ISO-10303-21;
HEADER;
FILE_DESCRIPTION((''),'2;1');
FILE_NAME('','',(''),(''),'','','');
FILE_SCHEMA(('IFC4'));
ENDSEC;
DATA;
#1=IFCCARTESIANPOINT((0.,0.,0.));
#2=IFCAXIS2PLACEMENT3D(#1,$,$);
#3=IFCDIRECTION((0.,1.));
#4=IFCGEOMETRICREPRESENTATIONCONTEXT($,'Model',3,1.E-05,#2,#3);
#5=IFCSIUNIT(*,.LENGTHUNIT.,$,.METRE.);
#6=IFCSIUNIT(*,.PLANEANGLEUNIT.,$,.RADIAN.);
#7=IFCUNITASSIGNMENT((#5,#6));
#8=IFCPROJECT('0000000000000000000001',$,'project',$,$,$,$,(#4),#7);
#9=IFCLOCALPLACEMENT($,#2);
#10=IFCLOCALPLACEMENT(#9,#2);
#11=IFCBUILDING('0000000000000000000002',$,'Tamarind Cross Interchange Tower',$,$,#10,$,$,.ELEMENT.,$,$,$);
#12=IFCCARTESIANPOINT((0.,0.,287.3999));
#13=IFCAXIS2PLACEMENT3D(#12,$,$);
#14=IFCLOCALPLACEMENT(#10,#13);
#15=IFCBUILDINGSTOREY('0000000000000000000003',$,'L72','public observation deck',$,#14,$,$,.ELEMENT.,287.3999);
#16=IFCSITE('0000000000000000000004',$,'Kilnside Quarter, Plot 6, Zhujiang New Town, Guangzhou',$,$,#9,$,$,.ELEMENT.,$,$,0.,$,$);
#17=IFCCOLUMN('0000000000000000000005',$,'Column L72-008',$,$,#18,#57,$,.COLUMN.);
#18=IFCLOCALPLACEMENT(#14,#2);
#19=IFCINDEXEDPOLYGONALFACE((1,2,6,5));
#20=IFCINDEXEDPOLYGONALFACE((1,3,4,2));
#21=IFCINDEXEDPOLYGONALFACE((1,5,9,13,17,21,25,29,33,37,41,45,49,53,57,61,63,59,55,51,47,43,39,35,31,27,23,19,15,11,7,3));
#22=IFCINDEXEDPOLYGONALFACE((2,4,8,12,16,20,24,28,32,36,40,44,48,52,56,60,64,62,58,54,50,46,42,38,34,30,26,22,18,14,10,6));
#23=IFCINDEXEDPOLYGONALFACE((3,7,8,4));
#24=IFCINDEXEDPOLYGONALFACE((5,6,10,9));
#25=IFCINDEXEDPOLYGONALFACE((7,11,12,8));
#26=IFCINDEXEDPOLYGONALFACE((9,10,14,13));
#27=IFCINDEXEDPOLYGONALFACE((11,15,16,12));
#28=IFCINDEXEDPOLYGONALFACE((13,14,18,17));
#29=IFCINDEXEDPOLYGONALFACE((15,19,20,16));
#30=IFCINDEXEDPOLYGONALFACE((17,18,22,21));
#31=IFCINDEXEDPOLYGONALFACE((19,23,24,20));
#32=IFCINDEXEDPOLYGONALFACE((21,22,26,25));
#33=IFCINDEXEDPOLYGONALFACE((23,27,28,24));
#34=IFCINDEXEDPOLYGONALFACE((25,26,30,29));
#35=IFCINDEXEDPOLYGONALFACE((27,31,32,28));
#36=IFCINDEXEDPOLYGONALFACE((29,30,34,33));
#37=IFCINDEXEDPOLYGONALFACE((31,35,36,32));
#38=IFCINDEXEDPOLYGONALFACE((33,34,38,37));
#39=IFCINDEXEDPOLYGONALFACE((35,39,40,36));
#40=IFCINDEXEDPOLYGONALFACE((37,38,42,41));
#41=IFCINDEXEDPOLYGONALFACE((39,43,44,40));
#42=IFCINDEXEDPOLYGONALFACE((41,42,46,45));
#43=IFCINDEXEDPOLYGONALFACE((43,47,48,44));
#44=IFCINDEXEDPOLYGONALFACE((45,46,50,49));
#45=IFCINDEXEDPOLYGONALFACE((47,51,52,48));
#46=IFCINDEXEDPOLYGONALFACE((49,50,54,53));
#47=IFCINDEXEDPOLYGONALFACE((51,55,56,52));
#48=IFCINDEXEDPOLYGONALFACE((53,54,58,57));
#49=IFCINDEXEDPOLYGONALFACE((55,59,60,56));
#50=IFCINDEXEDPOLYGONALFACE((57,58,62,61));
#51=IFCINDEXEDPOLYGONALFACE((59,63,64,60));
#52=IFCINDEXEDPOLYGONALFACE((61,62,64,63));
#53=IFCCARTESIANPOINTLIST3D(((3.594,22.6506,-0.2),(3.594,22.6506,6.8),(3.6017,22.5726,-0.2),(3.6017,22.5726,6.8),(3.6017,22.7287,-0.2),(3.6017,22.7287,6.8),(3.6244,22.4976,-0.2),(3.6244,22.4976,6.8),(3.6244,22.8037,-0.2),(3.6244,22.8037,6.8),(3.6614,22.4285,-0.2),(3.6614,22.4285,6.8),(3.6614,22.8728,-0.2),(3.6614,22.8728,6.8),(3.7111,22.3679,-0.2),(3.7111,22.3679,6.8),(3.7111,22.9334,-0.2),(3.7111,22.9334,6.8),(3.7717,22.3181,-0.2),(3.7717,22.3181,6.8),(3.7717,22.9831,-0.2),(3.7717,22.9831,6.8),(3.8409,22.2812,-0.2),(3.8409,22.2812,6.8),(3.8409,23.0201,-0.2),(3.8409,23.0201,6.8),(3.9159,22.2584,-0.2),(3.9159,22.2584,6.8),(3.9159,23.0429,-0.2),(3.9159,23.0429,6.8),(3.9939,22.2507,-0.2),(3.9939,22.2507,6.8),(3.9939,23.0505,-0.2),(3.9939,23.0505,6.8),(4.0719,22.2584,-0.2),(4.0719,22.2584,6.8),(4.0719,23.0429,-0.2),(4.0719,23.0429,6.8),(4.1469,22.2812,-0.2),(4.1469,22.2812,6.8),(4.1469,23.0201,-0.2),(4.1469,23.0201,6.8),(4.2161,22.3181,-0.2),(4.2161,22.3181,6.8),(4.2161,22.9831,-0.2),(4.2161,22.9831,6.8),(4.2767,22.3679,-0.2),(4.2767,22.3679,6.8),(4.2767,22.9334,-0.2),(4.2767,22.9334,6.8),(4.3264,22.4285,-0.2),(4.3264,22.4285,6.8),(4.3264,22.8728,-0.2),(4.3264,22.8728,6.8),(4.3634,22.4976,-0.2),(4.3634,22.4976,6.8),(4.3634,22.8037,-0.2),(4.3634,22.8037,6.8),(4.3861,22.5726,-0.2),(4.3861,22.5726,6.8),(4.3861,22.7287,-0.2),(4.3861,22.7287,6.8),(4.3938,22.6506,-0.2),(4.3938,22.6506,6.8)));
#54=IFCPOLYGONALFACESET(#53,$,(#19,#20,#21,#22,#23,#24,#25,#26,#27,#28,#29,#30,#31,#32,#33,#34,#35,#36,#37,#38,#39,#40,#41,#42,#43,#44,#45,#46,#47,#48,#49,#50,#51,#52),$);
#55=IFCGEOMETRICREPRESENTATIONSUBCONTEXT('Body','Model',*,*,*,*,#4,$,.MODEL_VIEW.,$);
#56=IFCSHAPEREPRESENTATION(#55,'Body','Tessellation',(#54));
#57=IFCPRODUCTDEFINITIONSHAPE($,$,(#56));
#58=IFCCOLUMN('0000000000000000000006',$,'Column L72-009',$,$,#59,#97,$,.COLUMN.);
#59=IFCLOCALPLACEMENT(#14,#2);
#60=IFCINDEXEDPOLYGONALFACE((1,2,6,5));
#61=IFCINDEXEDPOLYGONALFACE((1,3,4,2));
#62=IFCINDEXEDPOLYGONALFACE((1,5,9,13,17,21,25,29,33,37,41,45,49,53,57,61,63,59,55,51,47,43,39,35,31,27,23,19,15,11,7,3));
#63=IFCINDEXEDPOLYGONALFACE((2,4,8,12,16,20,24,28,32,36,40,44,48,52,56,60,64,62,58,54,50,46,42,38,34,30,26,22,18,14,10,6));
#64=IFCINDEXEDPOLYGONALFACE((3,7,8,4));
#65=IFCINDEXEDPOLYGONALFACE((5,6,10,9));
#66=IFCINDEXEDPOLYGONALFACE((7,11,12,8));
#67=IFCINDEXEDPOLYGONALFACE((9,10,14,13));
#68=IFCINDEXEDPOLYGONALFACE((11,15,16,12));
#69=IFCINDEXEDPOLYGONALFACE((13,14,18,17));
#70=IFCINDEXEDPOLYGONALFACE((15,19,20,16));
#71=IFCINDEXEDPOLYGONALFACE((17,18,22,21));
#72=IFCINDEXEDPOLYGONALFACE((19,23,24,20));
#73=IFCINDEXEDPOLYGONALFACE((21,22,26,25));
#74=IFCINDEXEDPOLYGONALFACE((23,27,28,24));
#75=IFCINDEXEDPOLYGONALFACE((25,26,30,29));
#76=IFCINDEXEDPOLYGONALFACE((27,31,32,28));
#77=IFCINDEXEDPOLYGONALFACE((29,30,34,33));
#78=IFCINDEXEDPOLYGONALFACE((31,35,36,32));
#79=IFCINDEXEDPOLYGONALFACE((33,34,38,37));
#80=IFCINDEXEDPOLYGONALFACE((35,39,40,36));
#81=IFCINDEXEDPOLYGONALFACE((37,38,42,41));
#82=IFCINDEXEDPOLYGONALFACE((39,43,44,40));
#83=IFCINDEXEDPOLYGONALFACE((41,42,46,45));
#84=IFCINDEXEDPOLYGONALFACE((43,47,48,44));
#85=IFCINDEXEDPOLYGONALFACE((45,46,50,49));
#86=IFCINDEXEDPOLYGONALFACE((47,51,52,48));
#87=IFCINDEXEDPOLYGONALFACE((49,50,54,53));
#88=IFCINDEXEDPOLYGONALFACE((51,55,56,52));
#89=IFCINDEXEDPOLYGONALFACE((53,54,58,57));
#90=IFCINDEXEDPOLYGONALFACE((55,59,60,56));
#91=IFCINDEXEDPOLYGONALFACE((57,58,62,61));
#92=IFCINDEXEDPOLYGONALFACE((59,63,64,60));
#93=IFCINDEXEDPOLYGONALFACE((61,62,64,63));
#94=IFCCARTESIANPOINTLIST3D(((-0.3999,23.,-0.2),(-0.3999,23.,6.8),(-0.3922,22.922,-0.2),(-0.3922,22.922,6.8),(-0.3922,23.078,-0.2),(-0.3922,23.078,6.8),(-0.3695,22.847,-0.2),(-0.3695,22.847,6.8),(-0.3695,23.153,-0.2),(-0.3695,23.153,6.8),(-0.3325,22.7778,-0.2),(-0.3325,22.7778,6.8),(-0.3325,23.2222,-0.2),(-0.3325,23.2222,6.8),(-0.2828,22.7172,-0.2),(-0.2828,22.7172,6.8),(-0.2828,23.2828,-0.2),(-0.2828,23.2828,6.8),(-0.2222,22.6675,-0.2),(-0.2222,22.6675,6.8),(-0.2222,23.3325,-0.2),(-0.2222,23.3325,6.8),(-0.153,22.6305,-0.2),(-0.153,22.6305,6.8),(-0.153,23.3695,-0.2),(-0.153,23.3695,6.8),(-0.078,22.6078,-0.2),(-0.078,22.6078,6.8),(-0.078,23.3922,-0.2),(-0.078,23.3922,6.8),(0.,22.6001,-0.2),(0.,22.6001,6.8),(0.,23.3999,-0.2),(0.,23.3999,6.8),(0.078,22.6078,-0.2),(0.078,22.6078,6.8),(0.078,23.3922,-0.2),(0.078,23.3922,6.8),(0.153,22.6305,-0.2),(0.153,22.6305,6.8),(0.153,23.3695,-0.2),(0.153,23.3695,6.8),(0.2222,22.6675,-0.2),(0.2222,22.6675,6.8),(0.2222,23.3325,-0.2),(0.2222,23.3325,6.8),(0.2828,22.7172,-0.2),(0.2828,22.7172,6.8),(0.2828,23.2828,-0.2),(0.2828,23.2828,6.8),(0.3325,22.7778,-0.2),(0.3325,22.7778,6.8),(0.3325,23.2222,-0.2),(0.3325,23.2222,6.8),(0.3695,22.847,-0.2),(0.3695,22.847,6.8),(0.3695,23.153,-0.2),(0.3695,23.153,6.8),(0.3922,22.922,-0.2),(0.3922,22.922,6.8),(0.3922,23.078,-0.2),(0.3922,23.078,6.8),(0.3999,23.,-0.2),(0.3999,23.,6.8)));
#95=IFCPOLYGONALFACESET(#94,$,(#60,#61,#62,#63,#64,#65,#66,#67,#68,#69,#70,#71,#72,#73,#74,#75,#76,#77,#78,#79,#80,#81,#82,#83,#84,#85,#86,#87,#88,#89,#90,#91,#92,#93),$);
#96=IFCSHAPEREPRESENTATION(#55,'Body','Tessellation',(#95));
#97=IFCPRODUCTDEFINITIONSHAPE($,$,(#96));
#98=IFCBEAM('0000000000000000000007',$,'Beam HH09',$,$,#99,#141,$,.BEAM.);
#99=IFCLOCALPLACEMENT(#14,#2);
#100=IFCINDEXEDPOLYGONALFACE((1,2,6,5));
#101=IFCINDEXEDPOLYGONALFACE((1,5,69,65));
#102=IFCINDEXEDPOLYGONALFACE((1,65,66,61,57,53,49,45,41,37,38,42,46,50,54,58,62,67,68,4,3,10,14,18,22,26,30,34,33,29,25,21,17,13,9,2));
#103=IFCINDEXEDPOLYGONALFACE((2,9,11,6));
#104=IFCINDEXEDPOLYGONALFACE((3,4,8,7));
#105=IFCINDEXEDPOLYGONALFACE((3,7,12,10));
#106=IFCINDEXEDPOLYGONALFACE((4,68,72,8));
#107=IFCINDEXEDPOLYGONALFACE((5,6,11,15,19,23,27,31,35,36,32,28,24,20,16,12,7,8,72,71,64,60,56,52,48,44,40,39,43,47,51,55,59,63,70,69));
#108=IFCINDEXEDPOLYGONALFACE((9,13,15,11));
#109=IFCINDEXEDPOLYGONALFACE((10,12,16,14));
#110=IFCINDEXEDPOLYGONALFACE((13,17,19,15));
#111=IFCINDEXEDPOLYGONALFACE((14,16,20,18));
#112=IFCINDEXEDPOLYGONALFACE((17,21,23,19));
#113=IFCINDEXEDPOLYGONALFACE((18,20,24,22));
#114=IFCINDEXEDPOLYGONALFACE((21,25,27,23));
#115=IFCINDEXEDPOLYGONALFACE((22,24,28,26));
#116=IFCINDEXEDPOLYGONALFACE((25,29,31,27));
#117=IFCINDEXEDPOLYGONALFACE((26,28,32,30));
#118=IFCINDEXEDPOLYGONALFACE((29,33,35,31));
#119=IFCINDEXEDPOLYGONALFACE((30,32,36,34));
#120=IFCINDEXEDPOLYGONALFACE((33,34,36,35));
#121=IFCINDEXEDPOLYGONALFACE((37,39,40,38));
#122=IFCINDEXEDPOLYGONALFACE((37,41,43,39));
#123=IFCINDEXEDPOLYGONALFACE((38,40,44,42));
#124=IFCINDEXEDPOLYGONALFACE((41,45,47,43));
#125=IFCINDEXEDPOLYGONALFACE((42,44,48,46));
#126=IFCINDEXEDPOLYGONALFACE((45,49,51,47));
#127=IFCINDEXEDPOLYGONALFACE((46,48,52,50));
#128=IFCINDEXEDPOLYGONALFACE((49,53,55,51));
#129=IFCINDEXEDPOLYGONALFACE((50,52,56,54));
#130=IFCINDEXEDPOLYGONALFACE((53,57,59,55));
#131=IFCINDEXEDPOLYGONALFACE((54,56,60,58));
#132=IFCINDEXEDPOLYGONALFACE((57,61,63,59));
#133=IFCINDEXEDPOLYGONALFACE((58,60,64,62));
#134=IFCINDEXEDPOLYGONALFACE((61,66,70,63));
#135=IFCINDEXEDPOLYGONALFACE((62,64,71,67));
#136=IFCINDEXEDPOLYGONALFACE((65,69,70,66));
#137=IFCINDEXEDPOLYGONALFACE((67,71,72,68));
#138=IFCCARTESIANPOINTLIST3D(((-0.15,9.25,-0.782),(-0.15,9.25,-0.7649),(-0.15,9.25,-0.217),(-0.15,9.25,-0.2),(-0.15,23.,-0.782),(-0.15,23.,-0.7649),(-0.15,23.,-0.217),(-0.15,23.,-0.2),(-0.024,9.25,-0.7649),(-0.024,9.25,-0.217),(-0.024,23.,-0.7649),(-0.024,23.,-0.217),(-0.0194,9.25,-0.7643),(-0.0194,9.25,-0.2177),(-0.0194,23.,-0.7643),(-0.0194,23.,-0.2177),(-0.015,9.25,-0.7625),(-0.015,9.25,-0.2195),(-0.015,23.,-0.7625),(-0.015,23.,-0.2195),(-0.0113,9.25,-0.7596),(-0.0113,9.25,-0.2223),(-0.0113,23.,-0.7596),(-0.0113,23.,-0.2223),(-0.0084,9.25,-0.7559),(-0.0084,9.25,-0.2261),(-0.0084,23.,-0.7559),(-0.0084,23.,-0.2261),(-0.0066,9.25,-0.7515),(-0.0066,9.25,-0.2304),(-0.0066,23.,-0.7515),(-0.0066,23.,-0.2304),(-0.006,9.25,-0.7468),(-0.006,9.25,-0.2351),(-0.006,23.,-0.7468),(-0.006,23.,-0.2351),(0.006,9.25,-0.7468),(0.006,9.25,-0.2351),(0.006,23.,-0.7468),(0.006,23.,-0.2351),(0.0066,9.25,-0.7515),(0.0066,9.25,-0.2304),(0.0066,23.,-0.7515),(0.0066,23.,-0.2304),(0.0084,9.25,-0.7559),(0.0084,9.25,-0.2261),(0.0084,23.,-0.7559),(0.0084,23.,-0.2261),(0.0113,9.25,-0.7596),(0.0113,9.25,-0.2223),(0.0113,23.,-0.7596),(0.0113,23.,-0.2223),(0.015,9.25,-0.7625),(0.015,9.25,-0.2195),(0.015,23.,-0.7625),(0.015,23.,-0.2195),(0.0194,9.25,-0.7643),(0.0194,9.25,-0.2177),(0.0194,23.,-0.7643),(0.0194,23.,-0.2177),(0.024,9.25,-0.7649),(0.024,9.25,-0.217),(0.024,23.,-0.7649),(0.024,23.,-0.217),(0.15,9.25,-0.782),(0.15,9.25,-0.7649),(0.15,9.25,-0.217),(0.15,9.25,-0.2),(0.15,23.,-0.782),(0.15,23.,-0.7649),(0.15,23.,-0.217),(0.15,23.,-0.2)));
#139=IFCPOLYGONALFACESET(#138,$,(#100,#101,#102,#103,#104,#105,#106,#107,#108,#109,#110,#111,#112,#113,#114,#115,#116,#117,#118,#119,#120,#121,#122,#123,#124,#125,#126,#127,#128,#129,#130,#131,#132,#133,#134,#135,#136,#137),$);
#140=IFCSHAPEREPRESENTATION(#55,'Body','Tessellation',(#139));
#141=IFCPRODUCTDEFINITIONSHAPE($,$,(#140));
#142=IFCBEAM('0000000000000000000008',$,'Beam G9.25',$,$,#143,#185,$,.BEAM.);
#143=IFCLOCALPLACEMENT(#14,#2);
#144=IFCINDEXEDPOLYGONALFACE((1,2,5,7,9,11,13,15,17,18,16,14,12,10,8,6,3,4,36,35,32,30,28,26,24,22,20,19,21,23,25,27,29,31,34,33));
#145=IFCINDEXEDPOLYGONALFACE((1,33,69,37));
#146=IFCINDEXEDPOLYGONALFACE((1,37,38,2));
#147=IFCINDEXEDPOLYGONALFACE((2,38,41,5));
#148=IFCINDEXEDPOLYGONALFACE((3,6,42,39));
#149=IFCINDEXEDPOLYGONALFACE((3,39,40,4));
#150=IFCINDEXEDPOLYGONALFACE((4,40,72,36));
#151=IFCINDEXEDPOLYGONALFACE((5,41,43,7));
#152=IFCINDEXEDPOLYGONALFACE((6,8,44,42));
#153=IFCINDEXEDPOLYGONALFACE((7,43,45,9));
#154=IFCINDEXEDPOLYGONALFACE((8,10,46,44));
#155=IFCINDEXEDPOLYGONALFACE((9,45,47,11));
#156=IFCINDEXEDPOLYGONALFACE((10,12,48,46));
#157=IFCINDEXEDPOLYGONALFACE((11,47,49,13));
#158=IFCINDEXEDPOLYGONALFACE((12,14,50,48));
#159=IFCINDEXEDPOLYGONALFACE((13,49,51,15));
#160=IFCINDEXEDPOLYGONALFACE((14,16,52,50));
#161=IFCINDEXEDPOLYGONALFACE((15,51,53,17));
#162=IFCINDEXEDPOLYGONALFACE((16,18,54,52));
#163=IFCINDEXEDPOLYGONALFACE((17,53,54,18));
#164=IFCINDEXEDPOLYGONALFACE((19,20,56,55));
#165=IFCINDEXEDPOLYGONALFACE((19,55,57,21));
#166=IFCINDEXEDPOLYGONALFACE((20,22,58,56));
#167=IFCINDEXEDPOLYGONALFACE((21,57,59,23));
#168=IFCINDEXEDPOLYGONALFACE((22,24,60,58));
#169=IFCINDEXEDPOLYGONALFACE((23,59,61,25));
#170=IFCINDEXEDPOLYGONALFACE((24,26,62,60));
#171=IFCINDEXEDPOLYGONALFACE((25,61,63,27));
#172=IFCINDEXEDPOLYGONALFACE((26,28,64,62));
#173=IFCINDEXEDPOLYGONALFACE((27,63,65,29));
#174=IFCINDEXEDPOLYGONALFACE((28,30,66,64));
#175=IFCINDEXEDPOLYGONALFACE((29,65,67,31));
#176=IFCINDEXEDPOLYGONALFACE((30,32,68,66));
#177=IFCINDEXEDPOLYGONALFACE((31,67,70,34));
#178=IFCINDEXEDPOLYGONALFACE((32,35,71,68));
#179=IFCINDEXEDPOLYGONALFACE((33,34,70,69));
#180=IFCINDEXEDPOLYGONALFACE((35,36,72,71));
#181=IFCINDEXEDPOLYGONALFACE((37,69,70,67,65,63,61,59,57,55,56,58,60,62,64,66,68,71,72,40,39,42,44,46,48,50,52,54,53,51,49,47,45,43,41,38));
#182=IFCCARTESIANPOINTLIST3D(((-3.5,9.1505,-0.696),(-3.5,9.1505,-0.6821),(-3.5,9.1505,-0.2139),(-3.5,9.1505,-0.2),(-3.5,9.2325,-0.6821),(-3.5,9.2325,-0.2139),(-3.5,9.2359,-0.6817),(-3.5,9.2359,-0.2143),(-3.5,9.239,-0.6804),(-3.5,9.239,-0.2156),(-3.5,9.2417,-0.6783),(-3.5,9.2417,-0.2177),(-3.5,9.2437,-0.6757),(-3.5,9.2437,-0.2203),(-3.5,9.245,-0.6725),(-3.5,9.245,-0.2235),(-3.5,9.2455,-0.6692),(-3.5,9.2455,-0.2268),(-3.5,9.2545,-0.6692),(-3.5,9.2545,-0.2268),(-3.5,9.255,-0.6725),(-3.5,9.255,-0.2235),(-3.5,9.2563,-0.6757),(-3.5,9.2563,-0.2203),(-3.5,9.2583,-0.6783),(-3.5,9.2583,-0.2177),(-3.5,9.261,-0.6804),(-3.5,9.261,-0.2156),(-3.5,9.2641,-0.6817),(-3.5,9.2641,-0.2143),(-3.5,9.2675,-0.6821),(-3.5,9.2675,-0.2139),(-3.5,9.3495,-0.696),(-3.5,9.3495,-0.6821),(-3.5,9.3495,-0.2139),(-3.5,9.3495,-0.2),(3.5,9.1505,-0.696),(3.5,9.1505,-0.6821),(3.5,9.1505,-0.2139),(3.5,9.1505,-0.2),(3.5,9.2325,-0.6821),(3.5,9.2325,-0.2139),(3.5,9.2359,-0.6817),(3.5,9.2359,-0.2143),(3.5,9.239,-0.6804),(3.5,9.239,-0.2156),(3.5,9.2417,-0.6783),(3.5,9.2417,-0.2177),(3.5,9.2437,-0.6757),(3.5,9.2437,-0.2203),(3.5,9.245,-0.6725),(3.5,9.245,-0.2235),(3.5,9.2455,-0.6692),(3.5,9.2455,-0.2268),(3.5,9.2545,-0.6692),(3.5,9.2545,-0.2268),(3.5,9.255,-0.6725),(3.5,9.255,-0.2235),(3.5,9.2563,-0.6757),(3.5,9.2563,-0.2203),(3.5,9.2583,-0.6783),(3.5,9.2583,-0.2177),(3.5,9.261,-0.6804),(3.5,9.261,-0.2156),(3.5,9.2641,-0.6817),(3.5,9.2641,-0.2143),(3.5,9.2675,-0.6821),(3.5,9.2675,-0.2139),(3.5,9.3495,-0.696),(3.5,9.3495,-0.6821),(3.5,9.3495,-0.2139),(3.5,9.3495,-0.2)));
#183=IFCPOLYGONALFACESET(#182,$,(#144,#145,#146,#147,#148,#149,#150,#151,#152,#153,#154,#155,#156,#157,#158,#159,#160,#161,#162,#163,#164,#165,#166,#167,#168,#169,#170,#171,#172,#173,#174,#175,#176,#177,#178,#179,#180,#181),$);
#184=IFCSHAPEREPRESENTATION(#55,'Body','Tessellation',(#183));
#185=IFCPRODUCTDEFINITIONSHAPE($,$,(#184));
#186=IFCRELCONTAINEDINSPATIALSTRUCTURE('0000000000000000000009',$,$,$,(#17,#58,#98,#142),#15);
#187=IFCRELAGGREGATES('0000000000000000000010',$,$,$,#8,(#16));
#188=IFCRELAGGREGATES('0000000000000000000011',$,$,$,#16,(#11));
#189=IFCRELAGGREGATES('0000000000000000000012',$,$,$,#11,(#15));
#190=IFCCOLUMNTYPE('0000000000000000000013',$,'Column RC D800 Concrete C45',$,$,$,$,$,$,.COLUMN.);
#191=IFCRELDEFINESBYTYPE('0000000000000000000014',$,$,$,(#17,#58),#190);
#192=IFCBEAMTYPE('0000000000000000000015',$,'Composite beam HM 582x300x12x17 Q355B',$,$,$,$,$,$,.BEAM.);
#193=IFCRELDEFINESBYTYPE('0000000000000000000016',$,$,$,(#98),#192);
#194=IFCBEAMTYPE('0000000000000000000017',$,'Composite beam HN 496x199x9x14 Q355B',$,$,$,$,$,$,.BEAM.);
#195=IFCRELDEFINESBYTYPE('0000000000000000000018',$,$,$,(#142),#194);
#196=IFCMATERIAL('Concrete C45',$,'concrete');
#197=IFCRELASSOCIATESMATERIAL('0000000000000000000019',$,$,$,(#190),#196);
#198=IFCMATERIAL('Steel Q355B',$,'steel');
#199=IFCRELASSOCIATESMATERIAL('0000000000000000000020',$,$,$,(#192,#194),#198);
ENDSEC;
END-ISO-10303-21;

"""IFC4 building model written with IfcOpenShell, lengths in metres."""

from ifc_helpers import new_model, si_unit, direction, frame, origin, origin_2d, place, context, subcontext, project, spatial, circle, i_section, extrude, material, material_profile, profile_set, type_object, element, save


model = new_model("IFC4")

# Units and contexts
model_context = context("Model", 3, precision=1e-05, world=origin(), true_north=direction((0.0, 1.0)))
body_context = subcontext(model_context, "Body", "Model", "MODEL_VIEW")
ifc_project = project(units=[si_unit("LENGTHUNIT", "METRE"), si_unit("PLANEANGLEUNIT", "RADIAN")], contexts=[model_context])

# Site, building, storey
site_placement = place(None, origin())
site = spatial("IfcSite", under=ifc_project, at=site_placement, Name="Kilnside Quarter, Plot 6, Zhujiang New Town, Guangzhou", CompositionType="ELEMENT", RefElevation=0.0)
building_placement = place(site_placement, origin())
building = spatial("IfcBuilding", under=site, at=building_placement, Name="Tamarind Cross Interchange Tower", CompositionType="ELEMENT")
storey_placement = place(building_placement, frame((0.0, 0.0, 287.3999)))
storey = spatial("IfcBuildingStorey", under=building, at=storey_placement, Name="L72", Description="public observation deck", CompositionType="ELEMENT", Elevation=287.3999)

# Columns
ifc_material_1 = material(Name="Concrete C45", Category="concrete")
ifc_material_profile_1 = material_profile(ifc_material_1, circle(Radius=0.3999, at=origin_2d()), Name="RC D800")
ifc_profile_set_1 = profile_set([ifc_material_profile_1], Name="Concrete C45")
column_type = type_object("IfcColumnType", Name="Column RC D800 Concrete C45", PredefinedType="COLUMN", material=ifc_profile_set_1)
for number, where, z_axis, x_axis, name in (
    (1, (3.9939, 22.6506, -0.2), (0.0, 0.0, 1.0), (1.0, 0.0, 0.0), "Column L72-008"),
    (2, (0.0, 23.0, -0.2), (0.0, 0.0, 1.0), (1.0, 0.0, 0.0), "Column L72-009"),
):
    element("IfcColumn", number, at=place(storey_placement, frame(where, z_axis=z_axis, x_axis=x_axis)), inside=storey, type_object=column_type, Name=name, PredefinedType="COLUMN", context=body_context, shape_type="SweptSolid", body=[
        extrude(circle(Radius=0.3999, at=origin_2d()), origin(), (0.0, 0.0, 1.0), 7.0),
    ])

# Beams
ifc_material_2 = material(Name="Steel Q355B", Category="steel")
ifc_material_profile_2 = material_profile(ifc_material_2, i_section(OverallWidth=0.3, OverallDepth=0.582, WebThickness=0.012, FlangeThickness=0.0171, FilletRadius=0.0181, at=origin_2d()), Name="HM 582x300x12x17")
ifc_profile_set_2 = profile_set([ifc_material_profile_2], Name="Steel Q355B")
beam_type_1 = type_object("IfcBeamType", Name="Composite beam HM 582x300x12x17 Q355B", PredefinedType="BEAM", material=ifc_profile_set_2)
beam_1_placement = place(storey_placement, frame((0.0, 23.0, -0.491), z_axis=(0.0, -1.0, 0.0), x_axis=(1.0, 0.0, 0.0)))
element("IfcBeam", 3, at=beam_1_placement, inside=storey, type_object=beam_type_1, Name="Beam HH09", PredefinedType="BEAM", context=body_context, shape_type="SweptSolid", body=[
    extrude(i_section(OverallWidth=0.3, OverallDepth=0.582, WebThickness=0.012, FlangeThickness=0.0171, FilletRadius=0.0181, at=origin_2d()), origin(), (0.0, 0.0, 1.0), 13.75),
])
ifc_material_profile_3 = material_profile(ifc_material_2, i_section(OverallWidth=0.199, OverallDepth=0.4961, WebThickness=0.009, FlangeThickness=0.0139, FilletRadius=0.0129, at=origin_2d()), Name="HN 496x199x9x14")
ifc_profile_set_3 = profile_set([ifc_material_profile_3], Name="Steel Q355B")
beam_type_2 = type_object("IfcBeamType", Name="Composite beam HN 496x199x9x14 Q355B", PredefinedType="BEAM", material=ifc_profile_set_3)
beam_2_placement = place(storey_placement, frame((-3.5, 9.25, -0.448), z_axis=(1.0, 0.0, 0.0), x_axis=(0.0, 1.0, 0.0)))
element("IfcBeam", 4, at=beam_2_placement, inside=storey, type_object=beam_type_2, Name="Beam G9.25", PredefinedType="BEAM", context=body_context, shape_type="SweptSolid", body=[
    extrude(i_section(OverallWidth=0.199, OverallDepth=0.4961, WebThickness=0.009, FlangeThickness=0.0139, FilletRadius=0.0129, at=origin_2d()), origin(), (0.0, 0.0, 1.0), 7.0),
])

save(model, "model.ifc")
